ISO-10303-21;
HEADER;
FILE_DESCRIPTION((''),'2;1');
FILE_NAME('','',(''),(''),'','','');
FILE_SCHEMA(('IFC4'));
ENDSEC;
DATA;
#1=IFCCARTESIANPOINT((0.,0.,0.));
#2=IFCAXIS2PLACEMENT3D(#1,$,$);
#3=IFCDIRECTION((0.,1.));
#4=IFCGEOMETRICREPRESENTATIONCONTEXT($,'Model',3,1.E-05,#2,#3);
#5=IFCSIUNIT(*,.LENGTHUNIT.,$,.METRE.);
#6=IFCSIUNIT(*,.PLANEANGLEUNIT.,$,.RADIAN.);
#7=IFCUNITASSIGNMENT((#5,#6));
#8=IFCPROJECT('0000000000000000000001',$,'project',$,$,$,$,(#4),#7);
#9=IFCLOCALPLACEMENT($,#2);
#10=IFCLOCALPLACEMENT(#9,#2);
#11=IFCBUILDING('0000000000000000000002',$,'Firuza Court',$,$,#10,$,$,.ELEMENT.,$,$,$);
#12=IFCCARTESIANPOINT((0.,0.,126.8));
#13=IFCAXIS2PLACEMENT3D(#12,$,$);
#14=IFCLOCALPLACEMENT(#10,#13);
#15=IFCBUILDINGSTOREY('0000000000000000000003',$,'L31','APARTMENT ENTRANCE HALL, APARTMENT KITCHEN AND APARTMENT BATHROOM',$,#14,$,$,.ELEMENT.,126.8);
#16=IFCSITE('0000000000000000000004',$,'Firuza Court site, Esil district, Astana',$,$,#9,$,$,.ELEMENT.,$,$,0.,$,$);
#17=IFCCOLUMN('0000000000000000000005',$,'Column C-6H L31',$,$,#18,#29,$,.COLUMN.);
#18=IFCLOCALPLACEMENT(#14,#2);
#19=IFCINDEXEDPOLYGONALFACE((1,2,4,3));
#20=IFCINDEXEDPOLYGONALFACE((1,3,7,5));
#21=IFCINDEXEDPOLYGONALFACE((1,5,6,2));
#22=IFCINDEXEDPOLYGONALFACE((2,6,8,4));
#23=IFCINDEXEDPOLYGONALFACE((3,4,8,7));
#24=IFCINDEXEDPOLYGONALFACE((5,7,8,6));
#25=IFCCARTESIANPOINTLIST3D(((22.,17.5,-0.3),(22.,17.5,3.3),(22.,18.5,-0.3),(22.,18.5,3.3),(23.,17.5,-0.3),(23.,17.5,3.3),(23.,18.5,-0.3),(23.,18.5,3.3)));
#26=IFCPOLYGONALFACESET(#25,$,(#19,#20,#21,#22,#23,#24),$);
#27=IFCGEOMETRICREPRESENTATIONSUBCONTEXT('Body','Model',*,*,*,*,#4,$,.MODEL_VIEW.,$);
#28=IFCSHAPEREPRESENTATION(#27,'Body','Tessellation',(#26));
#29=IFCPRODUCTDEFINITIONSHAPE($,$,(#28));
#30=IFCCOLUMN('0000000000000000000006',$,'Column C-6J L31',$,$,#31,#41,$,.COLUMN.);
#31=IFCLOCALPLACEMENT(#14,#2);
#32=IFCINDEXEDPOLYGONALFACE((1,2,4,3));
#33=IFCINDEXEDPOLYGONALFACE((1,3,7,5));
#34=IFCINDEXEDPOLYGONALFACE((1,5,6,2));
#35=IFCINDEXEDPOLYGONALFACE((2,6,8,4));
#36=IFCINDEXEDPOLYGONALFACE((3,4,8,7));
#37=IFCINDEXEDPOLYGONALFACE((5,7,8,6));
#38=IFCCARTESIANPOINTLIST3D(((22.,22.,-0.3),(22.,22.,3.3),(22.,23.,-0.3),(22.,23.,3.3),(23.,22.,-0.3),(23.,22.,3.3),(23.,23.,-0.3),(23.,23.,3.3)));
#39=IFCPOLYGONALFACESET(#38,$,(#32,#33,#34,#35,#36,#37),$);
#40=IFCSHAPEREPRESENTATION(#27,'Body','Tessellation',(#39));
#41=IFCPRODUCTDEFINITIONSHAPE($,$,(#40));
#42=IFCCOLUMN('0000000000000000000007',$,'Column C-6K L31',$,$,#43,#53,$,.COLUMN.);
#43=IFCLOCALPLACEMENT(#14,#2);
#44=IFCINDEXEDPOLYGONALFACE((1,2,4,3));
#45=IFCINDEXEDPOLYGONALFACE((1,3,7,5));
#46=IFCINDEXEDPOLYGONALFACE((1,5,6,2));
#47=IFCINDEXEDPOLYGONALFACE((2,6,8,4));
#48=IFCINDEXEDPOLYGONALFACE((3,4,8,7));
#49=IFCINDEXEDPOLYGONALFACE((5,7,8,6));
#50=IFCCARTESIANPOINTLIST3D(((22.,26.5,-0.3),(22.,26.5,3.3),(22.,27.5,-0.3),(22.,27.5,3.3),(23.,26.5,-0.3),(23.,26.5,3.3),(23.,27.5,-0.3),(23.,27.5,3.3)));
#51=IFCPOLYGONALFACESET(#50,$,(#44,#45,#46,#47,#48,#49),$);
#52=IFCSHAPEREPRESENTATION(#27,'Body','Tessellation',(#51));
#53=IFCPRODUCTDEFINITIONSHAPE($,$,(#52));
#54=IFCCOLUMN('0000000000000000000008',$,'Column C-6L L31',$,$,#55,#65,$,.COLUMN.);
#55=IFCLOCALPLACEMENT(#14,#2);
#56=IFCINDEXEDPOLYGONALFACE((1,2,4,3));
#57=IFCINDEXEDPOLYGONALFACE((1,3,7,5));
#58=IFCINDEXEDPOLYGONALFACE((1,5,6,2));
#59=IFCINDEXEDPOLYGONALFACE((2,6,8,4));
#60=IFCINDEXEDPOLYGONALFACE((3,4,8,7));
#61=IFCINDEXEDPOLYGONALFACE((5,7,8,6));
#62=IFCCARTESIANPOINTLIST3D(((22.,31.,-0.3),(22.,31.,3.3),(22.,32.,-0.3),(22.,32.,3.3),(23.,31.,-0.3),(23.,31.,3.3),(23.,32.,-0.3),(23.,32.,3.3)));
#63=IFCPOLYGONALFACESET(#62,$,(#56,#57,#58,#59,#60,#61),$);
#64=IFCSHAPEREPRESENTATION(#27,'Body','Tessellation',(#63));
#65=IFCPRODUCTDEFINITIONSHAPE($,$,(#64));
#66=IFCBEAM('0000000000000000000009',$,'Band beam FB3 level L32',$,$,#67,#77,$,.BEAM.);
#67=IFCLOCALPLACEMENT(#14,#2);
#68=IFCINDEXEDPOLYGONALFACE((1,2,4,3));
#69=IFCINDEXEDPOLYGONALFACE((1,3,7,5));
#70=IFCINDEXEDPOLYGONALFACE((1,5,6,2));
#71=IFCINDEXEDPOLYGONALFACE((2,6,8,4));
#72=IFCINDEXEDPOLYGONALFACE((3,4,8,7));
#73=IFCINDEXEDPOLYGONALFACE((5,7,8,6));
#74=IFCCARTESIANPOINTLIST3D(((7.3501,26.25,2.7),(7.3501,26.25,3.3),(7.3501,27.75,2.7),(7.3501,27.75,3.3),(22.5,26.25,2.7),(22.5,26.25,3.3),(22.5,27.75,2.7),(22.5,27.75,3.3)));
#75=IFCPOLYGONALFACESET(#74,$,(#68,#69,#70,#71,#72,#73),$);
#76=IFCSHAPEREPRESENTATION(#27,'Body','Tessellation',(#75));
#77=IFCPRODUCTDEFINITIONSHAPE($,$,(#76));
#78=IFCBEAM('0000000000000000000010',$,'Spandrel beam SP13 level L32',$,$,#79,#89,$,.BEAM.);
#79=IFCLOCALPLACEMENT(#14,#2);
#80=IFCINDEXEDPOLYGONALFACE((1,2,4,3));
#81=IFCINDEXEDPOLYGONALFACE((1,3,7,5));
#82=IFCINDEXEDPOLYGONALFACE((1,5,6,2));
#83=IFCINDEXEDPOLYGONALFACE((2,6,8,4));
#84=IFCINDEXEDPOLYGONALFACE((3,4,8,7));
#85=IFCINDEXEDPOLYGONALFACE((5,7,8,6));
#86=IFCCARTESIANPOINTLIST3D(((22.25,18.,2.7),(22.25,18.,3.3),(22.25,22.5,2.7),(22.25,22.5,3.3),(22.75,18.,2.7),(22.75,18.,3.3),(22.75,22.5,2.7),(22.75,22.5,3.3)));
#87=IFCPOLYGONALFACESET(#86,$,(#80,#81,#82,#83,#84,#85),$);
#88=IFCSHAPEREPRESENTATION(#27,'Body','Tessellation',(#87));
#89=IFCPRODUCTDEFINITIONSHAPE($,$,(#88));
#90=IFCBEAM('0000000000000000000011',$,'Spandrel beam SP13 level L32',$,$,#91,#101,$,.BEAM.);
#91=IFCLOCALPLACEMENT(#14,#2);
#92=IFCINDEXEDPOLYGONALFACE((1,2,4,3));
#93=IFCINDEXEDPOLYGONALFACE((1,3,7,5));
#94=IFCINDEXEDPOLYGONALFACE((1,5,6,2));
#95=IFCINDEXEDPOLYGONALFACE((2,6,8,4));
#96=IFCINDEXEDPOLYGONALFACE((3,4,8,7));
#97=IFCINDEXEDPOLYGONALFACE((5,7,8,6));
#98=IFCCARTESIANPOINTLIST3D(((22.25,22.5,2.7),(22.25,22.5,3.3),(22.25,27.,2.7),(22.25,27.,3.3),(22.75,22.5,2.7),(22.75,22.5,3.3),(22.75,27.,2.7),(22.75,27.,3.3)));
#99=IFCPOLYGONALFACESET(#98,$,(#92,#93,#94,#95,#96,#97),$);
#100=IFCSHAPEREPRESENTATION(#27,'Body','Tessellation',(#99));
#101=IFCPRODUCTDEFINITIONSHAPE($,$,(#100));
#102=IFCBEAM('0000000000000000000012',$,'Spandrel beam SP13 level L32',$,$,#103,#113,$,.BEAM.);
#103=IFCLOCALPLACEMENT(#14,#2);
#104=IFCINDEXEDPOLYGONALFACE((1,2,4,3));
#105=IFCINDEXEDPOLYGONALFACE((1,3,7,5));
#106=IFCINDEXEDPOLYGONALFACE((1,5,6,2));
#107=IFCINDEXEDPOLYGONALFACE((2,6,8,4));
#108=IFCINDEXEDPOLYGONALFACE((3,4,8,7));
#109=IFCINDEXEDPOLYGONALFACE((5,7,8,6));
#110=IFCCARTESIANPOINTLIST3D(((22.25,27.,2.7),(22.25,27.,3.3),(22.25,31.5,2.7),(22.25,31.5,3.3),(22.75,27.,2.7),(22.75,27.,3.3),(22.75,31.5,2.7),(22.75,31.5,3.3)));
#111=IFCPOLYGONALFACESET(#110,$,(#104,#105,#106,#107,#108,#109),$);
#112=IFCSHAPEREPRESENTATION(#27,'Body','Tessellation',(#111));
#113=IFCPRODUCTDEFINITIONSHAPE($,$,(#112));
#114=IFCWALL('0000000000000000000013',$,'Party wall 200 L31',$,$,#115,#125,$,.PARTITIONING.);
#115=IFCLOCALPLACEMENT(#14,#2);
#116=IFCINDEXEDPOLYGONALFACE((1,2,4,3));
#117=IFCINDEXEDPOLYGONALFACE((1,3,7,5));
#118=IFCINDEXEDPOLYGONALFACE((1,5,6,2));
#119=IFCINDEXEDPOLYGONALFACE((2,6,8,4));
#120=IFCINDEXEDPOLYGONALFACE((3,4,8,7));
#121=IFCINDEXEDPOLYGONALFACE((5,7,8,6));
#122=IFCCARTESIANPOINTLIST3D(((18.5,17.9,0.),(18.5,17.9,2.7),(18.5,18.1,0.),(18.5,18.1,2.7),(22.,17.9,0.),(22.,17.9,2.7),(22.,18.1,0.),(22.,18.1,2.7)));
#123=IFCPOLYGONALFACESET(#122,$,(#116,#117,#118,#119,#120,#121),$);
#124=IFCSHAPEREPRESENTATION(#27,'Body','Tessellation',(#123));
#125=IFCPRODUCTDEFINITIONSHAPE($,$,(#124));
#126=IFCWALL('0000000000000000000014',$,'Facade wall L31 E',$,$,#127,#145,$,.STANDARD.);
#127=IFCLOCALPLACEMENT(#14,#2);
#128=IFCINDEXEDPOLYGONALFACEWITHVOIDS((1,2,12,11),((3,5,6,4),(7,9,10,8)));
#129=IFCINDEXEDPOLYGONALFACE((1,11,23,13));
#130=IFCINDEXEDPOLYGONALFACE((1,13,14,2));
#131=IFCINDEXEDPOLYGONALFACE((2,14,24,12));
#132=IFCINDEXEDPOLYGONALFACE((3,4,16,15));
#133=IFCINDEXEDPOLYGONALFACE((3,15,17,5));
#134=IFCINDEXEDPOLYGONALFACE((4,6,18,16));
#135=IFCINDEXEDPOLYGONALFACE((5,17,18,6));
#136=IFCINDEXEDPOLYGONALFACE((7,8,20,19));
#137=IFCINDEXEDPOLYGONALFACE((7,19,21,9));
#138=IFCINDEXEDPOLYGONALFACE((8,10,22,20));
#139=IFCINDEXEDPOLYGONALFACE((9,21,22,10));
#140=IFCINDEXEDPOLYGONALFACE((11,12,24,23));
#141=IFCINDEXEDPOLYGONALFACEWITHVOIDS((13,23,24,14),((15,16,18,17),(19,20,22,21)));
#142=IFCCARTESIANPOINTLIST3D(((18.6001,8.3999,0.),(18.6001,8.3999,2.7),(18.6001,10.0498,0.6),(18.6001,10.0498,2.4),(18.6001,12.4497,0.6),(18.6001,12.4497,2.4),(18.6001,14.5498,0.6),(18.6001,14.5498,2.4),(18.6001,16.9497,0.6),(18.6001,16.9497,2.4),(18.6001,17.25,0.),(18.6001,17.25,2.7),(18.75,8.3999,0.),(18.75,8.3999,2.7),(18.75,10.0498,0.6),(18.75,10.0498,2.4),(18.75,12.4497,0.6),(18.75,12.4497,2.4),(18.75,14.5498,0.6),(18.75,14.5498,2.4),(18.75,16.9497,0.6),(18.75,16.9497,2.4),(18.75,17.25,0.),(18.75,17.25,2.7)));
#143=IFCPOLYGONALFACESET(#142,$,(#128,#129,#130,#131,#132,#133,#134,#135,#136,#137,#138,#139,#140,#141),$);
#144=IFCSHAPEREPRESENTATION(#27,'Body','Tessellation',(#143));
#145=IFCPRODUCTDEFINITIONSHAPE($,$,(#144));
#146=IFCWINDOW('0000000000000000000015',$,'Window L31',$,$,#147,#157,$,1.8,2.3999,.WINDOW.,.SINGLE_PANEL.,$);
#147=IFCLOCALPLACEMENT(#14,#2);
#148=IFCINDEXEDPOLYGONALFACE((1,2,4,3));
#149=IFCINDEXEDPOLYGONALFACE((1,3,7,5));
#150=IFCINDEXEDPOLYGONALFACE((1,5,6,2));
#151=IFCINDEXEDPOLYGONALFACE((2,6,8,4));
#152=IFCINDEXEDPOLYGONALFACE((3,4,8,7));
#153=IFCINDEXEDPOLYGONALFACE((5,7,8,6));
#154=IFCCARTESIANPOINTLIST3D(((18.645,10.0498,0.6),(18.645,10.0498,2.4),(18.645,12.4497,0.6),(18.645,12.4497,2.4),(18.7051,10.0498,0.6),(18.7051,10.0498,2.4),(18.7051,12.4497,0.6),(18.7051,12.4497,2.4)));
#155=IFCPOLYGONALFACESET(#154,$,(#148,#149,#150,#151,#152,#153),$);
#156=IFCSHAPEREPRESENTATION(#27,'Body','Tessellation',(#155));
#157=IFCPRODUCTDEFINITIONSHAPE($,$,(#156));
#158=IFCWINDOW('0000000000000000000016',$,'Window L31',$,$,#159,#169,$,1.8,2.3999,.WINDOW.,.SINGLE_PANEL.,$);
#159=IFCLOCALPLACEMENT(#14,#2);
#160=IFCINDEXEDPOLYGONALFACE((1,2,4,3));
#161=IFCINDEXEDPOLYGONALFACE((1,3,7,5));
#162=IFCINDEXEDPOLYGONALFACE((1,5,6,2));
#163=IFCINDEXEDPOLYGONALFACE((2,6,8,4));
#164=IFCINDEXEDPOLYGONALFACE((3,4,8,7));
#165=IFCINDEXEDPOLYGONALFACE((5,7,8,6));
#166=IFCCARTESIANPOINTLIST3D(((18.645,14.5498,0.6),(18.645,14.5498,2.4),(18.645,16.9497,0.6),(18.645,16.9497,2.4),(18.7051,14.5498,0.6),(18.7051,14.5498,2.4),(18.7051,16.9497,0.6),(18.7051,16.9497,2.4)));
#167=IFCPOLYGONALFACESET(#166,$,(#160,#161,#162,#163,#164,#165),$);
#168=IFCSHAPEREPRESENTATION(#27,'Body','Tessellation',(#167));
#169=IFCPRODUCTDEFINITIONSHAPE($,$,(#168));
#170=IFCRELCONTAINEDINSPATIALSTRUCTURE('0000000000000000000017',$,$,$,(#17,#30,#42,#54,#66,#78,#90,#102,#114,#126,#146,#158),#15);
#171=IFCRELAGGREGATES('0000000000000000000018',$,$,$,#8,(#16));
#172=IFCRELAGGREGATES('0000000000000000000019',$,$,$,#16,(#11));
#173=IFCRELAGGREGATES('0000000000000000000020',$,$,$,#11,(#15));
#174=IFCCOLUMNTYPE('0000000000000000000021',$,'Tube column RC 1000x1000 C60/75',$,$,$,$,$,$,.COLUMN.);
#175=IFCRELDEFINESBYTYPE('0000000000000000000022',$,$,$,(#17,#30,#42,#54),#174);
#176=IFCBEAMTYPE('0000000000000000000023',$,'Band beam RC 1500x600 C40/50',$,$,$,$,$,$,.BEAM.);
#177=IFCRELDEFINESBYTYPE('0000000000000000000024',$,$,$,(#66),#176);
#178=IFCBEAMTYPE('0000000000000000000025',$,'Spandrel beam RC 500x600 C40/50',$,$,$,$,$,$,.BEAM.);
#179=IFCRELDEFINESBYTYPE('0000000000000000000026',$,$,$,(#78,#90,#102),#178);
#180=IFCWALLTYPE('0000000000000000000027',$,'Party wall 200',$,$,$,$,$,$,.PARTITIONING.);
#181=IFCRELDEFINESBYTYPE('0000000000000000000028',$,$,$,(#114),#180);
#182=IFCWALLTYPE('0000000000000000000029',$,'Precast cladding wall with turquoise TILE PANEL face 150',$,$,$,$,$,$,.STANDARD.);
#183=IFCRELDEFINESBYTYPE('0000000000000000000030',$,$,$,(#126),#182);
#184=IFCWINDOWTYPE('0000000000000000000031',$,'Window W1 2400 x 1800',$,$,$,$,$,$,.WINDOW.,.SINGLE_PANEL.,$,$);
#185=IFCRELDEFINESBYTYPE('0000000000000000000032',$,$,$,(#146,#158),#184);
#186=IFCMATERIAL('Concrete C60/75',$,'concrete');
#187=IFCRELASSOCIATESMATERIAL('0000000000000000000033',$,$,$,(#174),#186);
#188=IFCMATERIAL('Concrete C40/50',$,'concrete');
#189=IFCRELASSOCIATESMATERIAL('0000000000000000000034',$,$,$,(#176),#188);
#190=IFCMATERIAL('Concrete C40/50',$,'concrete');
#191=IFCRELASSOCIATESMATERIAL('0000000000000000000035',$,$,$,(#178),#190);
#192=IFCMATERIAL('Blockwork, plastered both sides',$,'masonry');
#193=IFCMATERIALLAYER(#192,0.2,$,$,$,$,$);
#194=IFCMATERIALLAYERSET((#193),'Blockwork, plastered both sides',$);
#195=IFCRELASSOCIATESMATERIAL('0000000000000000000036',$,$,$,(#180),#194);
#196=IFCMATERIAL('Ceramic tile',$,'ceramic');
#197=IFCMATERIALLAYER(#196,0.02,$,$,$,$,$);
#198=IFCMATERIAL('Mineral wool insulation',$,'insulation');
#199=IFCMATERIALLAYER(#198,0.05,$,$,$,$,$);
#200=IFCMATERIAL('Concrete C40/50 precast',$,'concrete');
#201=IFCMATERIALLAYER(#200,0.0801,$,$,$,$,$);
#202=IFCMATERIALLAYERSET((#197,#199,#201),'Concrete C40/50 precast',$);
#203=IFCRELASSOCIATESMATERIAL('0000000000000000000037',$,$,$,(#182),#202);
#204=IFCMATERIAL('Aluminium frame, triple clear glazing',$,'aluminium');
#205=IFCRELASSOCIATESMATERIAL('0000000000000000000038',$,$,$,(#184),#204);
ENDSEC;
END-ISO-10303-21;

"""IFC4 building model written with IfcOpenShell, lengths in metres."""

from ifc_helpers import new_model, si_unit, direction, frame, frame_2d, origin, origin_2d, place, context, subcontext, project, spatial, rectangle, extrude, material, layer, layer_set, material_profile, profile_set, type_object, element, fill, save


model = new_model("IFC4")

# Units and contexts
model_context = context("Model", 3, precision=1e-05, world=origin(), true_north=direction((0.0, 1.0)))
body_context = subcontext(model_context, "Body", "Model", "MODEL_VIEW")
ifc_project = project(units=[si_unit("LENGTHUNIT", "METRE"), si_unit("PLANEANGLEUNIT", "RADIAN")], contexts=[model_context])

# Site, building, storey
site_placement = place(None, origin())
site = spatial("IfcSite", under=ifc_project, at=site_placement, Name="Firuza Court site, Esil district, Astana", CompositionType="ELEMENT", RefElevation=0.0)
building_placement = place(site_placement, origin())
building = spatial("IfcBuilding", under=site, at=building_placement, Name="Firuza Court", CompositionType="ELEMENT")
storey_placement = place(building_placement, frame((0.0, 0.0, 126.8)))
storey = spatial("IfcBuildingStorey", under=building, at=storey_placement, Name="L31", Description="APARTMENT ENTRANCE HALL, APARTMENT KITCHEN AND APARTMENT BATHROOM", CompositionType="ELEMENT", Elevation=126.8)

# Columns
ifc_material_1 = material(Name="Concrete C60/75", Category="concrete")
ifc_material_profile_1 = material_profile(ifc_material_1, rectangle(XDim=1.0, YDim=1.0, at=origin_2d()), Name="RC 1000x1000")
ifc_profile_set_1 = profile_set([ifc_material_profile_1], Name="Concrete C60/75")
column_type = type_object("IfcColumnType", Name="Tube column RC 1000x1000 C60/75", PredefinedType="COLUMN", material=ifc_profile_set_1)
for number, where, z_axis, x_axis, name in (
    (1, (22.5, 18.0, -0.3), (0.0, 0.0, 1.0), (1.0, 0.0, 0.0), "Column C-6H L31"),
    (2, (22.5, 22.5, -0.3), (0.0, 0.0, 1.0), (1.0, 0.0, 0.0), "Column C-6J L31"),
    (3, (22.5, 27.0, -0.3), (0.0, 0.0, 1.0), (1.0, 0.0, 0.0), "Column C-6K L31"),
    (4, (22.5, 31.5, -0.3), (0.0, 0.0, 1.0), (1.0, 0.0, 0.0), "Column C-6L L31"),
):
    element("IfcColumn", number, at=place(storey_placement, frame(where, z_axis=z_axis, x_axis=x_axis)), inside=storey, type_object=column_type, Name=name, PredefinedType="COLUMN", context=body_context, shape_type="SweptSolid", body=[
        extrude(rectangle(XDim=1.0, YDim=1.0, at=origin_2d()), origin(), (0.0, 0.0, 1.0), 3.6001),
    ])

# Beams
ifc_material_2 = material(Name="Concrete C40/50", Category="concrete")
ifc_material_profile_2 = material_profile(ifc_material_2, rectangle(XDim=1.5, YDim=0.6001, at=origin_2d()), Name="RC 1500x600")
ifc_profile_set_2 = profile_set([ifc_material_profile_2], Name="Concrete C40/50")
beam_type_1 = type_object("IfcBeamType", Name="Band beam RC 1500x600 C40/50", PredefinedType="BEAM", material=ifc_profile_set_2)
beam_placement = place(storey_placement, frame((22.5, 27.0, 3.0), z_axis=(-1.0, 0.0, 0.0), x_axis=(0.0, -1.0, 0.0)))
element("IfcBeam", 5, at=beam_placement, inside=storey, type_object=beam_type_1, Name="Band beam FB3 level L32", PredefinedType="BEAM", context=body_context, shape_type="SweptSolid", body=[
    extrude(rectangle(XDim=1.5, YDim=0.6001, at=origin_2d()), origin(), (0.0, 0.0, 1.0), 15.1499),
])
ifc_material_3 = material(Name="Concrete C40/50", Category="concrete")
ifc_material_profile_3 = material_profile(ifc_material_3, rectangle(XDim=0.5, YDim=0.6001, at=origin_2d()), Name="RC 500x600")
ifc_profile_set_3 = profile_set([ifc_material_profile_3], Name="Concrete C40/50")
beam_type_2 = type_object("IfcBeamType", Name="Spandrel beam RC 500x600 C40/50", PredefinedType="BEAM", material=ifc_profile_set_3)
for number, where, z_axis, x_axis, name in (
    (6, (22.5, 18.0, 3.0), (0.0, 1.0, 0.0), (-1.0, 0.0, 0.0), "Spandrel beam SP13 level L32"),
    (7, (22.5, 22.5, 3.0), (0.0, 1.0, 0.0), (-1.0, 0.0, 0.0), "Spandrel beam SP13 level L32"),
    (8, (22.5, 27.0, 3.0), (0.0, 1.0, 0.0), (-1.0, 0.0, 0.0), "Spandrel beam SP13 level L32"),
):
    element("IfcBeam", number, at=place(storey_placement, frame(where, z_axis=z_axis, x_axis=x_axis)), inside=storey, type_object=beam_type_2, Name=name, PredefinedType="BEAM", context=body_context, shape_type="SweptSolid", body=[
        extrude(rectangle(XDim=0.5, YDim=0.6001, at=origin_2d()), origin(), (0.0, 0.0, 1.0), 4.5),
    ])

# Wall
ifc_material_4 = material(Name="Blockwork, plastered both sides", Category="masonry")
ifc_layer_1 = layer(ifc_material_4, 0.2)
ifc_layer_set_1 = layer_set([ifc_layer_1], Name="Blockwork, plastered both sides")
wall_type_1 = type_object("IfcWallType", Name="Party wall 200", PredefinedType="PARTITIONING", material=ifc_layer_set_1)
wall_1_placement = place(storey_placement, frame((18.5, 18.0, 0.0), z_axis=(0.0, 0.0, 1.0), x_axis=(1.0, 0.0, 0.0)))
element("IfcWall", 9, at=wall_1_placement, inside=storey, type_object=wall_type_1, Name="Party wall 200 L31", PredefinedType="PARTITIONING", context=body_context, shape_type="SweptSolid", body=[
    extrude(rectangle(XDim=3.5, YDim=0.2, at=frame_2d((1.75, 0.0))), origin(), (0.0, 0.0, 1.0), 2.7),
])

# Wall, openings, windows
ifc_material_5 = material(Name="Ceramic tile", Category="ceramic")
ifc_layer_2 = layer(ifc_material_5, 0.02)
ifc_material_6 = material(Name="Mineral wool insulation", Category="insulation")
ifc_layer_3 = layer(ifc_material_6, 0.05)
ifc_material_7 = material(Name="Concrete C40/50 precast", Category="concrete")
ifc_layer_4 = layer(ifc_material_7, 0.0801)
ifc_layer_set_2 = layer_set([ifc_layer_2, ifc_layer_3, ifc_layer_4], Name="Concrete C40/50 precast")
wall_type_2 = type_object("IfcWallType", Name="Precast cladding wall with turquoise TILE PANEL face 150", PredefinedType="STANDARD", material=ifc_layer_set_2)
wall_2_placement = place(storey_placement, frame((18.675, 8.3999, 0.0), z_axis=(0.0, 0.0, 1.0), x_axis=(0.0, 1.0, 0.0)))
wall_2 = element("IfcWall", 10, at=wall_2_placement, inside=storey, type_object=wall_type_2, Name="Facade wall L31 E", PredefinedType="STANDARD", context=body_context, shape_type="SweptSolid", body=[
    extrude(rectangle(XDim=8.8501, YDim=0.1499, at=frame_2d((4.425, 0.0))), origin(), (0.0, 0.0, 1.0), 2.7),
])
opening_1_placement = place(wall_2_placement, frame((1.6499, 0.0, 0.6001)))
opening_1 = element("IfcOpeningElement", 11, at=opening_1_placement, cuts=wall_2, PredefinedType="OPENING", context=body_context, shape_type="SweptSolid", body=[
    extrude(rectangle(XDim=2.3999, YDim=1.8, at=frame_2d((1.2, 0.8999))), frame((0.0, 0.0869, 0.0), z_axis=(0.0, -1.0, 0.0), x_axis=(1.0, 0.0, 0.0)), (0.0, 0.0, 1.0), 0.1738),
])
opening_2_placement = place(wall_2_placement, frame((6.1499, 0.0, 0.6001)))
opening_2 = element("IfcOpeningElement", 12, at=opening_2_placement, cuts=wall_2, PredefinedType="OPENING", context=body_context, shape_type="SweptSolid", body=[
    extrude(rectangle(XDim=2.3999, YDim=1.8, at=frame_2d((1.2, 0.8999))), frame((0.0, 0.0869, 0.0), z_axis=(0.0, -1.0, 0.0), x_axis=(1.0, 0.0, 0.0)), (0.0, 0.0, 1.0), 0.1738),
])
ifc_material_8 = material(Name="Aluminium frame, triple clear glazing", Category="aluminium")
window_type_1 = type_object("IfcWindowType", Name="Window W1 2400 x 1800", PartitioningType="SINGLE_PANEL", PredefinedType="WINDOW", material=ifc_material_8)
window_1_placement = place(opening_1_placement, origin())
window_1 = element("IfcWindow", 13, at=window_1_placement, inside=storey, type_object=window_type_1, Name="Window L31", OverallHeight=1.8, OverallWidth=2.3999, PartitioningType="SINGLE_PANEL", PredefinedType="WINDOW", context=body_context, shape_type="SweptSolid", body=[
    extrude(rectangle(XDim=2.3999, YDim=1.8, at=frame_2d((1.2, 0.8999))), frame((0.0, 0.03, 0.0), z_axis=(0.0, -1.0, 0.0), x_axis=(1.0, 0.0, 0.0)), (0.0, 0.0, 1.0), 0.0601),
])
fill(opening_1, window_1)
window_2_placement = place(opening_2_placement, origin())
window_2 = element("IfcWindow", 14, at=window_2_placement, inside=storey, type_object=window_type_1, Name="Window L31", OverallHeight=1.8, OverallWidth=2.3999, PartitioningType="SINGLE_PANEL", PredefinedType="WINDOW", context=body_context, shape_type="SweptSolid", body=[
    extrude(rectangle(XDim=2.3999, YDim=1.8, at=frame_2d((1.2, 0.8999))), frame((0.0, 0.03, 0.0), z_axis=(0.0, -1.0, 0.0), x_axis=(1.0, 0.0, 0.0)), (0.0, 0.0, 1.0), 0.0601),
])
fill(opening_2, window_2)

save(model, "model.ifc")
